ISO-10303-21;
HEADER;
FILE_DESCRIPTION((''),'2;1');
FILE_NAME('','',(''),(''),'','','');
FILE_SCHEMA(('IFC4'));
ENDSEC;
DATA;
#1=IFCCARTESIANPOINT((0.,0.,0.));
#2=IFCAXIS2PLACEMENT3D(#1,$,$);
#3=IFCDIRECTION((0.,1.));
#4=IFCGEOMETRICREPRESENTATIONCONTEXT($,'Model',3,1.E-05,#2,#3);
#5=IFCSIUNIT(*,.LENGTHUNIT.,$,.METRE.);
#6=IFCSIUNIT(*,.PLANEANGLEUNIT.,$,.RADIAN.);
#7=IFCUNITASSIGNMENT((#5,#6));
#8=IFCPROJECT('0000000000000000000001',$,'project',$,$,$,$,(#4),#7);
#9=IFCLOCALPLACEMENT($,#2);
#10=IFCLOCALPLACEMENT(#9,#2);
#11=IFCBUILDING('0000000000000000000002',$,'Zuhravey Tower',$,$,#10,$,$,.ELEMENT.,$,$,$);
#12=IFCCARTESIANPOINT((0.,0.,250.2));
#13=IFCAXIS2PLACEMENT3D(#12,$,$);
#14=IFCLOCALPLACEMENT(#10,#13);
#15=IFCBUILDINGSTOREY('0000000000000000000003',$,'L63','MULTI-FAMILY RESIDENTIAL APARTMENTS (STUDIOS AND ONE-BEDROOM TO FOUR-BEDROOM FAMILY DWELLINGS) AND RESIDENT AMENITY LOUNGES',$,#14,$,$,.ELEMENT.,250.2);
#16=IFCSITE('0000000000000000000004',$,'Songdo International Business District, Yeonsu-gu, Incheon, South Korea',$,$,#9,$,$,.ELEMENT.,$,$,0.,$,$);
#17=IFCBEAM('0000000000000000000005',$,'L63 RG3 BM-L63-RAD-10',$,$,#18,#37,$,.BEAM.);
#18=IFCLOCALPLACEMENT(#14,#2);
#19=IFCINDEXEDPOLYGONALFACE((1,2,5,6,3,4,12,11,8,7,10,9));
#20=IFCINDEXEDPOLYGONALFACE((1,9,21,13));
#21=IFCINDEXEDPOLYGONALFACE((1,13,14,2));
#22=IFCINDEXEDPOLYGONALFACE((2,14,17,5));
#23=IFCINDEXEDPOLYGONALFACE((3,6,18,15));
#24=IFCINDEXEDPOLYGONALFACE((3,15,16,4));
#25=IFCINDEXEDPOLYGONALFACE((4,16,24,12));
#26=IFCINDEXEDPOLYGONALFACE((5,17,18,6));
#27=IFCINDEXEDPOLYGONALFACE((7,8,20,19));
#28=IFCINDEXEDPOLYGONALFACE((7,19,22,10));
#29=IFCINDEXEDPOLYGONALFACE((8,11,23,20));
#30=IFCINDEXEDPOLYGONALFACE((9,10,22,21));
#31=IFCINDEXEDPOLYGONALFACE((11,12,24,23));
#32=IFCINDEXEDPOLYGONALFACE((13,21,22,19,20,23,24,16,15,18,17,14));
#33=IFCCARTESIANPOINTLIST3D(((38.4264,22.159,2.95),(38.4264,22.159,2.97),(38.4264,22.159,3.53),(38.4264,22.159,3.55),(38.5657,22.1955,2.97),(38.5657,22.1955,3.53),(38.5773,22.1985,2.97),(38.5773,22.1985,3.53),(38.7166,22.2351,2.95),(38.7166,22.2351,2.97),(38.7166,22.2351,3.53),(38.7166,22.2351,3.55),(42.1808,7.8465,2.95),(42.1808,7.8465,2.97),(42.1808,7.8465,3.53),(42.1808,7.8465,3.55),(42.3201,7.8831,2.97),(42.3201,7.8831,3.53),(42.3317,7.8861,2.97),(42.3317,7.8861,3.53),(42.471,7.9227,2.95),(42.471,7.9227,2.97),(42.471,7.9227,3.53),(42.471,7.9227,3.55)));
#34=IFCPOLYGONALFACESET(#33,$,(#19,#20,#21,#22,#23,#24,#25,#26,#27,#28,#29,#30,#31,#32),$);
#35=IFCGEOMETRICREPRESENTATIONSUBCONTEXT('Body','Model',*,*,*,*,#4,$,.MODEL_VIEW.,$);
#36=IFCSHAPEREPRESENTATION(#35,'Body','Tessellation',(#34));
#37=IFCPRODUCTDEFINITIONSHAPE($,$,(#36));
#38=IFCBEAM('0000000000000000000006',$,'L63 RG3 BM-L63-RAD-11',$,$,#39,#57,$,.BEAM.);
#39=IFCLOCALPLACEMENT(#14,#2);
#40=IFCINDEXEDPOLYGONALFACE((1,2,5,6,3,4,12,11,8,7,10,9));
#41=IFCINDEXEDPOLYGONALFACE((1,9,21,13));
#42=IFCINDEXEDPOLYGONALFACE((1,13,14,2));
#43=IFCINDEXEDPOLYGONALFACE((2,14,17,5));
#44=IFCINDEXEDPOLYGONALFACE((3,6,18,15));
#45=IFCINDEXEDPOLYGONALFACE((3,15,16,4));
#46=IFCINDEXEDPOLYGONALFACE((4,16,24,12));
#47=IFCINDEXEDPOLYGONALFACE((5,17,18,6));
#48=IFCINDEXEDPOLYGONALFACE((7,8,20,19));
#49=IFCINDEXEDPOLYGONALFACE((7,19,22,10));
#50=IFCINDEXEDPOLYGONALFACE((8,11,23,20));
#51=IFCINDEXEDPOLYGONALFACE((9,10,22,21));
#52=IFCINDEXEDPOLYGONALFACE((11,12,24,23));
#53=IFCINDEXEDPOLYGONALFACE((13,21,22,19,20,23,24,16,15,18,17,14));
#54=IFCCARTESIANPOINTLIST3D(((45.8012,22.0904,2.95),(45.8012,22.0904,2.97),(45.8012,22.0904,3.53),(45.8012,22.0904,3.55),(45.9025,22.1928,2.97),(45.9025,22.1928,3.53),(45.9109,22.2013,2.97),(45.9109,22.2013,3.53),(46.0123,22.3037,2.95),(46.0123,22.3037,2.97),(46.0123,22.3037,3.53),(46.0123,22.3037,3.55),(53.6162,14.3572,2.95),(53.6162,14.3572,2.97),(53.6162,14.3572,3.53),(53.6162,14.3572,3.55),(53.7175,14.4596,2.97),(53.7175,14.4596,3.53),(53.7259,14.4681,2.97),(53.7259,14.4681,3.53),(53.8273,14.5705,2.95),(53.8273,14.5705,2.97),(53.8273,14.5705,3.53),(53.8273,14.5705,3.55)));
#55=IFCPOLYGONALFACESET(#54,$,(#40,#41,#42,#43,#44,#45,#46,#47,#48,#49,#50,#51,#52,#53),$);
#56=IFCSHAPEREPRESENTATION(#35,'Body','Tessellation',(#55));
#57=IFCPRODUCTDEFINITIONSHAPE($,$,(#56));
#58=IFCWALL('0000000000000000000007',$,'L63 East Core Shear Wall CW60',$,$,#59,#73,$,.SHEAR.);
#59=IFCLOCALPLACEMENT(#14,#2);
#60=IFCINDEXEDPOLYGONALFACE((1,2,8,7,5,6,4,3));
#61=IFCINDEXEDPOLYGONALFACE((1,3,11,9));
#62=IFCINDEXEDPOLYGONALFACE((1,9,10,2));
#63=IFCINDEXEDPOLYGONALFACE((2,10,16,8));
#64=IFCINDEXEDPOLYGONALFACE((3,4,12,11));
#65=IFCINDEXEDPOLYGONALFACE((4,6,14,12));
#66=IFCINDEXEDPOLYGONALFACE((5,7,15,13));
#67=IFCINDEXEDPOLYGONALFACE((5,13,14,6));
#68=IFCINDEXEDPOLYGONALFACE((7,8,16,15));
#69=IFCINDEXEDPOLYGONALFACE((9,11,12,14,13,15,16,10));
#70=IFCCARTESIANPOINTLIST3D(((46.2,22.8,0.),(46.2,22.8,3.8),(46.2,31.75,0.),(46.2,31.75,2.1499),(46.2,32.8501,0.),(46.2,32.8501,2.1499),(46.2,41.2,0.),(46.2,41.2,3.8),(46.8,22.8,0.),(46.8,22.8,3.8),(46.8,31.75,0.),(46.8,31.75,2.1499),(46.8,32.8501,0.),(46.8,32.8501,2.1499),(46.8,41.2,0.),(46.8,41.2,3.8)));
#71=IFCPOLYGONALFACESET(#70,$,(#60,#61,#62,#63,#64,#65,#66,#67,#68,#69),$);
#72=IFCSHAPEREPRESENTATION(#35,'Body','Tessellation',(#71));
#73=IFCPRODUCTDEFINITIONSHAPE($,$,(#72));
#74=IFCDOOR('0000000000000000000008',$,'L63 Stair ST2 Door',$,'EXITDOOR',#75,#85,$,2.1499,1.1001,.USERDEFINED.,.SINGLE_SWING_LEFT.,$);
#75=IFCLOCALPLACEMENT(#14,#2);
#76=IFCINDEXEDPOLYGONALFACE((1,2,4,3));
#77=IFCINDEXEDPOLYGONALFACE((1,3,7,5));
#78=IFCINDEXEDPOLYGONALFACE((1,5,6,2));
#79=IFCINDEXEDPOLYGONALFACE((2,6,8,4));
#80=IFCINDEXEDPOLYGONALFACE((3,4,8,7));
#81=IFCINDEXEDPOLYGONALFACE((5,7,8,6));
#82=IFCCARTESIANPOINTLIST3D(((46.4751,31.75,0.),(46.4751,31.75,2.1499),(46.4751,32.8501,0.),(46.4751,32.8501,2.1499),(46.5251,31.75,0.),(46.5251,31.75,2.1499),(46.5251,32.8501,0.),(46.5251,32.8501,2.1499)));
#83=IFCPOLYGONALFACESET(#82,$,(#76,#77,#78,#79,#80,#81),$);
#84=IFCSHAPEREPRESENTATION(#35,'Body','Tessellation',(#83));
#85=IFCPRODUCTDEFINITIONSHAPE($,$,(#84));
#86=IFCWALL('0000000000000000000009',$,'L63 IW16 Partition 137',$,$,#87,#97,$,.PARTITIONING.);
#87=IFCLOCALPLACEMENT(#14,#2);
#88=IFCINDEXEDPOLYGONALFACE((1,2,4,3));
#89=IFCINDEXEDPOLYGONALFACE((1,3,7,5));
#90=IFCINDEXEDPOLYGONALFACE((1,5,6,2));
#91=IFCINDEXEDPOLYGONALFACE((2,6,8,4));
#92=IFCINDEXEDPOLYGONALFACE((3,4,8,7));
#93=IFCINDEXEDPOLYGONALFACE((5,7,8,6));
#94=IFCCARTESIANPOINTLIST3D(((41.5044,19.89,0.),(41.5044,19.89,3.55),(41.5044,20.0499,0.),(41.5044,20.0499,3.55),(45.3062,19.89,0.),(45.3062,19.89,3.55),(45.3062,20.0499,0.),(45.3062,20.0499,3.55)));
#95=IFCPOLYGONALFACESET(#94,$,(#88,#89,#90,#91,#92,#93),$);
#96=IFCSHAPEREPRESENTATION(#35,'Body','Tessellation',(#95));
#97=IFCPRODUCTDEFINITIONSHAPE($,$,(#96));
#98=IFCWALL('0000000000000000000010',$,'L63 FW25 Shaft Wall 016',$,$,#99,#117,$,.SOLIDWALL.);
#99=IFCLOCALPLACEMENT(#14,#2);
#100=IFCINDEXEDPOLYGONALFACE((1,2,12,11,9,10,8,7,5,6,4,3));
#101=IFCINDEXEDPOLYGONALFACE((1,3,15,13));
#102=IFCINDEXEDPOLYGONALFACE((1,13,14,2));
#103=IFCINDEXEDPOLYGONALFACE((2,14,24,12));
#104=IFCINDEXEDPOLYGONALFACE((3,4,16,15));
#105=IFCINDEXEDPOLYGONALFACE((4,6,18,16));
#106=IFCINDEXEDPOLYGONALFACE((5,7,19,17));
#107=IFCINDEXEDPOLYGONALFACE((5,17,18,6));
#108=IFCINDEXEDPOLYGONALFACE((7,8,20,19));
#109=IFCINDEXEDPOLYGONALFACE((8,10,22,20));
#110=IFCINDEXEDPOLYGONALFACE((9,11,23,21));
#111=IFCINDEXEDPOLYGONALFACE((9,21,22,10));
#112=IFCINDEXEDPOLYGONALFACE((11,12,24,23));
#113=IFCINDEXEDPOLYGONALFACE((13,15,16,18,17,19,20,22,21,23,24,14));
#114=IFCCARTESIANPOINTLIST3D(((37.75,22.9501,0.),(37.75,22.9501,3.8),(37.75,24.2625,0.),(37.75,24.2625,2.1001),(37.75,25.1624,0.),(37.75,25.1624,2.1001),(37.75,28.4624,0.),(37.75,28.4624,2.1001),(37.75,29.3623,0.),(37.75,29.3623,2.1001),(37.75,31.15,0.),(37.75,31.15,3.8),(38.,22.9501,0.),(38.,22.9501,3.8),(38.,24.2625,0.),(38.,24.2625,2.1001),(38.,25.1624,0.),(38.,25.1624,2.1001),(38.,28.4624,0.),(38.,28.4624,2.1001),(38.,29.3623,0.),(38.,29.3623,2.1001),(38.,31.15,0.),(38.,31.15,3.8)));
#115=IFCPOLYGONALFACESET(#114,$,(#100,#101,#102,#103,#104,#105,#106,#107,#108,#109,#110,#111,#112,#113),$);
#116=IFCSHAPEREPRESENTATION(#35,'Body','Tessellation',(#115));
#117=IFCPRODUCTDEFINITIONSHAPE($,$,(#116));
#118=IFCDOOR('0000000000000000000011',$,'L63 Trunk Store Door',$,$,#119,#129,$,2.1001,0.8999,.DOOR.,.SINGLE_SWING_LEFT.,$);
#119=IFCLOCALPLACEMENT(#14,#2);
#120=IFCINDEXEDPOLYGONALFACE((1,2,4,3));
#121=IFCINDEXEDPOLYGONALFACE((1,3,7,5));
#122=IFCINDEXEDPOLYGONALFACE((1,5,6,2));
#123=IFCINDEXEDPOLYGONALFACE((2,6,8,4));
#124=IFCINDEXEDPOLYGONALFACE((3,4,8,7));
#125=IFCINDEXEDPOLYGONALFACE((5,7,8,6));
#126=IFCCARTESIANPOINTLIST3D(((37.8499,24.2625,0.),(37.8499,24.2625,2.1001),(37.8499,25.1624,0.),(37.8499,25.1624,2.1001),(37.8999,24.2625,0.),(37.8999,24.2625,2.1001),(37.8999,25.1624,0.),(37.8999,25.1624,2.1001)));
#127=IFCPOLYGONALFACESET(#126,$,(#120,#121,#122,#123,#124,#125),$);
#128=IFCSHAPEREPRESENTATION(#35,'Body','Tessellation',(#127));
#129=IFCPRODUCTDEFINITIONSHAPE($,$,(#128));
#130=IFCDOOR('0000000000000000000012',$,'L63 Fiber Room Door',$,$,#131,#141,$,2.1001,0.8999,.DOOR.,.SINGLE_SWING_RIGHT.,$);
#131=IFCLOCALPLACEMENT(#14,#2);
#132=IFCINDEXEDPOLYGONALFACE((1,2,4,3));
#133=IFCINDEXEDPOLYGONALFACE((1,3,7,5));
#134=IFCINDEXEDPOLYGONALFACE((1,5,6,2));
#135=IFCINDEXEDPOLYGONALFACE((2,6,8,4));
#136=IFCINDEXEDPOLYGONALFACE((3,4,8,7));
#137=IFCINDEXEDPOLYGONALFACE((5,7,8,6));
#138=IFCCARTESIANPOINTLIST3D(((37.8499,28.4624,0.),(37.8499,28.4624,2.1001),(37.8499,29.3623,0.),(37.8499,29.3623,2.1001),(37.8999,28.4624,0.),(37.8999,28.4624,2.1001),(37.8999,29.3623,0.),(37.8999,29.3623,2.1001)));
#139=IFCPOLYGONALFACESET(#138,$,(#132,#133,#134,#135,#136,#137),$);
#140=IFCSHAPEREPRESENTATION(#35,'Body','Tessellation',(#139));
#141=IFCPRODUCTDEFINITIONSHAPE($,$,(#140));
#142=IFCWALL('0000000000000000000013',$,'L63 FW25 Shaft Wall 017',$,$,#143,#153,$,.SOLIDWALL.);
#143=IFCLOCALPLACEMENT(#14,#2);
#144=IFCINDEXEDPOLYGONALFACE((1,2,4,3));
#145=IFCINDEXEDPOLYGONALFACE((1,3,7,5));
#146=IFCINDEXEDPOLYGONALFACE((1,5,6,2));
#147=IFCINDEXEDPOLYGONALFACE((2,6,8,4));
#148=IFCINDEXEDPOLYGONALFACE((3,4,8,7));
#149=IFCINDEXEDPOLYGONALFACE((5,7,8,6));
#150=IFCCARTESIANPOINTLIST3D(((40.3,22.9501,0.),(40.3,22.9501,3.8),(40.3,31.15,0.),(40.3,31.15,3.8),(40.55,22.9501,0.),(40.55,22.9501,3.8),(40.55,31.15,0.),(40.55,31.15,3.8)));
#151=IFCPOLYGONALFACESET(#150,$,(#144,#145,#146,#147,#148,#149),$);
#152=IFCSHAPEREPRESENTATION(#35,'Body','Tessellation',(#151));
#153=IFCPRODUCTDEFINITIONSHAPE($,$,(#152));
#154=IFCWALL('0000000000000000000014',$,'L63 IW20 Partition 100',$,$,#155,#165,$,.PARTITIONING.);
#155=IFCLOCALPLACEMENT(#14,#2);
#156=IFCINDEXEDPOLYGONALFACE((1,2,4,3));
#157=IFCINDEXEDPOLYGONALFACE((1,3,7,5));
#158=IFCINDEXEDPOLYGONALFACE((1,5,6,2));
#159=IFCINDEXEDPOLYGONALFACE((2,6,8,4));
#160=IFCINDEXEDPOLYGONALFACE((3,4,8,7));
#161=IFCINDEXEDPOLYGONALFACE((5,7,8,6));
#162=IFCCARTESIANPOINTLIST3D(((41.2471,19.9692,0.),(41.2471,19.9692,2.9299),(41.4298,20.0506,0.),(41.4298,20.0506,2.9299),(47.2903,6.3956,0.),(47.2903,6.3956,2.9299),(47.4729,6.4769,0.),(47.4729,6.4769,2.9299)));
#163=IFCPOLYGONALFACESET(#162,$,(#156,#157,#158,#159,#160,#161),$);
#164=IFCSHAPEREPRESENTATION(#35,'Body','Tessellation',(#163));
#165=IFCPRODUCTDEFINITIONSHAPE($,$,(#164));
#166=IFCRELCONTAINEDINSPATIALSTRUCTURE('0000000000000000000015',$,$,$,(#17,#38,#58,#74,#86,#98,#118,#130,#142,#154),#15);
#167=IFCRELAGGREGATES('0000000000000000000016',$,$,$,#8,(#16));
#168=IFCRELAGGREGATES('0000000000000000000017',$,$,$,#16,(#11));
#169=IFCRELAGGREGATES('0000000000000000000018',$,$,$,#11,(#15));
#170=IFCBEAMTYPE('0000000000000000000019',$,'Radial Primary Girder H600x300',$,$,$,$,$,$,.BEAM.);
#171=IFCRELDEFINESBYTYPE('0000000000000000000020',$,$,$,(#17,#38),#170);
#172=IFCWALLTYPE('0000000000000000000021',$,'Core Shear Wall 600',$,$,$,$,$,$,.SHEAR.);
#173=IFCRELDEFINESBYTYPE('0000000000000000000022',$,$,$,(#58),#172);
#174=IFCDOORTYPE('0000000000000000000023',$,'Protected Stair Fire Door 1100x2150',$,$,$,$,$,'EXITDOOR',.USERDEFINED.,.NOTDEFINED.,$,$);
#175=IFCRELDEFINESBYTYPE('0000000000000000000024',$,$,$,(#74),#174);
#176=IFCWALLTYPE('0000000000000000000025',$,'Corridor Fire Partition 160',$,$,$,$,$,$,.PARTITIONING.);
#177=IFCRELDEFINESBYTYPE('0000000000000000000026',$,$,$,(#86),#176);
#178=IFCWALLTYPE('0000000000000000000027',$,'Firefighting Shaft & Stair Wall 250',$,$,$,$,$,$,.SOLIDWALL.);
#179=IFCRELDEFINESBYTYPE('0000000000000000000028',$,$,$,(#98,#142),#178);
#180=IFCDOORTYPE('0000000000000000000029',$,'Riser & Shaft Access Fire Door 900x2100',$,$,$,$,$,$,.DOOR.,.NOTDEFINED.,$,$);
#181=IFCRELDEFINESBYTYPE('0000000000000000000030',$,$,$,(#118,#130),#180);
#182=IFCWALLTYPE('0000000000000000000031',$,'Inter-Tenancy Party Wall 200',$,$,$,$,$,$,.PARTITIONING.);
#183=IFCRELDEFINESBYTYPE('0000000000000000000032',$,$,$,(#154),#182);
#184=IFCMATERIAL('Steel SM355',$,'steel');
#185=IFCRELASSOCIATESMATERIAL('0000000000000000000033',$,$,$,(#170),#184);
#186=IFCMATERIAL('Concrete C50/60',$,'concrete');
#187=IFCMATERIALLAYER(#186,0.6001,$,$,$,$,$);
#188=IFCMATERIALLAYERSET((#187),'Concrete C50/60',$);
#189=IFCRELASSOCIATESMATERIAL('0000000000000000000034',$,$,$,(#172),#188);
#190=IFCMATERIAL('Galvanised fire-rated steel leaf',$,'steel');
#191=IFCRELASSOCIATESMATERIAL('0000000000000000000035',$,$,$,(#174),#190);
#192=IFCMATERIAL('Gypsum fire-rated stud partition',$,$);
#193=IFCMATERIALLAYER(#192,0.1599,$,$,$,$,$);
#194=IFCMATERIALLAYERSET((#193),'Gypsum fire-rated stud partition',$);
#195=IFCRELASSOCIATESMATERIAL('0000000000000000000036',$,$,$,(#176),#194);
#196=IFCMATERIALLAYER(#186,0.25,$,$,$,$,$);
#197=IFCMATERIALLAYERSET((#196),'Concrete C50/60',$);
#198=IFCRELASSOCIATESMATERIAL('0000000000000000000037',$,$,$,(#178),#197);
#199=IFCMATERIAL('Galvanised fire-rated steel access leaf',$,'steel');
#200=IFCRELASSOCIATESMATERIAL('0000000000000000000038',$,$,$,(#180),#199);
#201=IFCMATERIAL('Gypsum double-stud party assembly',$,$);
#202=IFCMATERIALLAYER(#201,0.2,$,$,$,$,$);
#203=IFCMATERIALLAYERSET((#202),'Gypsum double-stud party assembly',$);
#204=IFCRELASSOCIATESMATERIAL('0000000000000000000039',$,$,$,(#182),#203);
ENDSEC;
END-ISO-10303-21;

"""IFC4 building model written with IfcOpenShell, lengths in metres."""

from ifc_helpers import new_model, si_unit, direction, frame, frame_2d, origin, origin_2d, place, context, subcontext, project, spatial, rectangle, i_section, extrude, material, layer, layer_set, material_profile, profile_set, type_object, element, fill, save


model = new_model("IFC4")

# Units and contexts
model_context = context("Model", 3, precision=1e-05, world=origin(), true_north=direction((0.0, 1.0)))
body_context = subcontext(model_context, "Body", "Model", "MODEL_VIEW")
ifc_project = project(units=[si_unit("LENGTHUNIT", "METRE"), si_unit("PLANEANGLEUNIT", "RADIAN")], contexts=[model_context])

# Site, building, storey
site_placement = place(None, origin())
site = spatial("IfcSite", under=ifc_project, at=site_placement, Name="Songdo International Business District, Yeonsu-gu, Incheon, South Korea", CompositionType="ELEMENT", RefElevation=0.0)
building_placement = place(site_placement, origin())
building = spatial("IfcBuilding", under=site, at=building_placement, Name="Zuhravey Tower", CompositionType="ELEMENT")
storey_placement = place(building_placement, frame((0.0, 0.0, 250.2)))
storey = spatial("IfcBuildingStorey", under=building, at=storey_placement, Name="L63", Description="MULTI-FAMILY RESIDENTIAL APARTMENTS (STUDIOS AND ONE-BEDROOM TO FOUR-BEDROOM FAMILY DWELLINGS) AND RESIDENT AMENITY LOUNGES", CompositionType="ELEMENT", Elevation=250.2)

# Beams
ifc_material_1 = material(Name="Steel SM355", Category="steel")
ifc_material_profile = material_profile(ifc_material_1, i_section(OverallWidth=0.3, OverallDepth=0.6001, WebThickness=0.012, FlangeThickness=0.02, at=origin_2d()), Name="H-600x300x12x20")
ifc_profile_set = profile_set([ifc_material_profile], Name="Steel SM355")
beam_type = type_object("IfcBeamType", Name="Radial Primary Girder H600x300", PredefinedType="BEAM", material=ifc_profile_set)
beam_1_placement = place(storey_placement, frame((38.5715, 22.197, 3.25), z_axis=(0.253731, -0.967275, 0.0), x_axis=(0.967275, 0.253731, 0.0)))
element("IfcBeam", 1, at=beam_1_placement, inside=storey, type_object=beam_type, Name="L63 RG3 BM-L63-RAD-10", PredefinedType="BEAM", context=body_context, shape_type="SweptSolid", body=[
    extrude(i_section(OverallWidth=0.3, OverallDepth=0.6001, WebThickness=0.012, FlangeThickness=0.02, at=origin_2d()), origin(), (0.0, 0.0, 1.0), 14.7966),
])
beam_2_placement = place(storey_placement, frame((45.9067, 22.197, 3.25), z_axis=(0.710817, -0.703377, 0.0), x_axis=(0.703377, 0.710817, 0.0)))
element("IfcBeam", 2, at=beam_2_placement, inside=storey, type_object=beam_type, Name="L63 RG3 BM-L63-RAD-11", PredefinedType="BEAM", context=body_context, shape_type="SweptSolid", body=[
    extrude(i_section(OverallWidth=0.3, OverallDepth=0.6001, WebThickness=0.012, FlangeThickness=0.02, at=origin_2d()), origin(), (0.0, 0.0, 1.0), 10.9944),
])

# Wall, opening, door
ifc_material_2 = material(Name="Concrete C50/60", Category="concrete")
ifc_layer_1 = layer(ifc_material_2, 0.6001)
ifc_layer_set_1 = layer_set([ifc_layer_1], Name="Concrete C50/60")
wall_type_1 = type_object("IfcWallType", Name="Core Shear Wall 600", PredefinedType="SHEAR", material=ifc_layer_set_1)
ifc_material_3 = material(Name="Galvanised fire-rated steel leaf", Category="steel")
wall_1_placement = place(storey_placement, frame((46.5, 22.8, 0.0), z_axis=(0.0, 0.0, 1.0), x_axis=(0.0, 1.0, 0.0)))
wall_1 = element("IfcWall", 3, at=wall_1_placement, inside=storey, type_object=wall_type_1, Name="L63 East Core Shear Wall CW60", PredefinedType="SHEAR", context=body_context, shape_type="SweptSolid", body=[
    extrude(rectangle(XDim=18.3999, YDim=0.6001, at=frame_2d((9.2, 0.0))), origin(), (0.0, 0.0, 1.0), 3.8),
])
opening_1_placement = place(wall_1_placement, frame((8.95, 0.0, 0.0)))
opening_1 = element("IfcOpeningElement", 4, at=opening_1_placement, cuts=wall_1, PredefinedType="OPENING", context=body_context, shape_type="SweptSolid", body=[
    extrude(rectangle(XDim=1.1001, YDim=2.1499, at=frame_2d((0.55, 1.075))), frame((0.0, 0.312, 0.0), z_axis=(0.0, -1.0, 0.0), x_axis=(1.0, 0.0, 0.0)), (0.0, 0.0, 1.0), 0.624),
])
door_type_1 = type_object("IfcDoorType", Name="Protected Stair Fire Door 1100x2150", ElementType="EXITDOOR", OperationType="NOTDEFINED", PredefinedType="USERDEFINED", material=ifc_material_3)
door_1_placement = place(opening_1_placement, origin())
door_1 = element("IfcDoor", 5, at=door_1_placement, inside=storey, type_object=door_type_1, Name="L63 Stair ST2 Door", ObjectType="EXITDOOR", OperationType="SINGLE_SWING_LEFT", OverallHeight=2.1499, OverallWidth=1.1001, PredefinedType="USERDEFINED", context=body_context, shape_type="SweptSolid", body=[
    extrude(rectangle(XDim=1.1001, YDim=2.1499, at=frame_2d((0.55, 1.075))), frame((0.0, 0.0249, 0.0), z_axis=(0.0, -1.0, 0.0), x_axis=(1.0, 0.0, 0.0)), (0.0, 0.0, 1.0), 0.05),
])
fill(opening_1, door_1)
ifc_material_4 = material(Name="Gypsum fire-rated stud partition")
ifc_layer_2 = layer(ifc_material_4, 0.1599)
ifc_layer_set_2 = layer_set([ifc_layer_2], Name="Gypsum fire-rated stud partition")
wall_type_2 = type_object("IfcWallType", Name="Corridor Fire Partition 160", PredefinedType="PARTITIONING", material=ifc_layer_set_2)

# Wall
wall_2_placement = place(storey_placement, frame((41.5044, 19.97, 0.0), z_axis=(0.0, 0.0, 1.0), x_axis=(1.0, 0.0, 0.0)))
element("IfcWall", 6, at=wall_2_placement, inside=storey, type_object=wall_type_2, Name="L63 IW16 Partition 137", PredefinedType="PARTITIONING", context=body_context, shape_type="SweptSolid", body=[
    extrude(rectangle(XDim=3.8018, YDim=0.1599, at=frame_2d((1.9009, 0.0))), origin(), (0.0, 0.0, 1.0), 3.55),
])

# Wall, openings, doors
ifc_layer_3 = layer(ifc_material_2, 0.25)
ifc_layer_set_3 = layer_set([ifc_layer_3], Name="Concrete C50/60")
wall_type_3 = type_object("IfcWallType", Name="Firefighting Shaft & Stair Wall 250", PredefinedType="SOLIDWALL", material=ifc_layer_set_3)
wall_3_placement = place(storey_placement, frame((37.875, 22.95, 0.0), z_axis=(0.0, 0.0, 1.0), x_axis=(0.0, 1.0, 0.0)))
wall_3 = element("IfcWall", 7, at=wall_3_placement, inside=storey, type_object=wall_type_3, Name="L63 FW25 Shaft Wall 016", PredefinedType="SOLIDWALL", context=body_context, shape_type="SweptSolid", body=[
    extrude(rectangle(XDim=8.2, YDim=0.25, at=frame_2d((4.1001, 0.0))), origin(), (0.0, 0.0, 1.0), 3.8),
])
opening_2_placement = place(wall_3_placement, frame((1.3125, 0.0, 0.0)))
opening_2 = element("IfcOpeningElement", 8, at=opening_2_placement, cuts=wall_3, PredefinedType="OPENING", context=body_context, shape_type="SweptSolid", body=[
    extrude(rectangle(XDim=0.8999, YDim=2.1001, at=frame_2d((0.45, 1.05))), frame((0.0, 0.137, 0.0), z_axis=(0.0, -1.0, 0.0), x_axis=(1.0, 0.0, 0.0)), (0.0, 0.0, 1.0), 0.2739),
])
opening_3_placement = place(wall_3_placement, frame((5.5125, 0.0, 0.0)))
opening_3 = element("IfcOpeningElement", 9, at=opening_3_placement, cuts=wall_3, PredefinedType="OPENING", context=body_context, shape_type="SweptSolid", body=[
    extrude(rectangle(XDim=0.8999, YDim=2.1001, at=frame_2d((0.45, 1.05))), frame((0.0, 0.137, 0.0), z_axis=(0.0, -1.0, 0.0), x_axis=(1.0, 0.0, 0.0)), (0.0, 0.0, 1.0), 0.2739),
])
ifc_material_5 = material(Name="Galvanised fire-rated steel access leaf", Category="steel")
door_type_2 = type_object("IfcDoorType", Name="Riser & Shaft Access Fire Door 900x2100", OperationType="NOTDEFINED", PredefinedType="DOOR", material=ifc_material_5)
door_2_placement = place(opening_2_placement, frame((0.8999, 0.0, 0.0), z_axis=(0.0, 0.0, 1.0), x_axis=(-1.0, 0.0, 0.0)))
door_2 = element("IfcDoor", 10, at=door_2_placement, inside=storey, type_object=door_type_2, Name="L63 Trunk Store Door", OperationType="SINGLE_SWING_LEFT", OverallHeight=2.1001, OverallWidth=0.8999, PredefinedType="DOOR", context=body_context, shape_type="SweptSolid", body=[
    extrude(rectangle(XDim=0.8999, YDim=2.1001, at=frame_2d((0.45, 1.05))), frame((0.0, 0.0249, 0.0), z_axis=(0.0, -1.0, 0.0), x_axis=(1.0, 0.0, 0.0)), (0.0, 0.0, 1.0), 0.05),
])
fill(opening_2, door_2)
door_3_placement = place(opening_3_placement, frame((0.8999, 0.0, 0.0), z_axis=(0.0, 0.0, 1.0), x_axis=(-1.0, 0.0, 0.0)))
door_3 = element("IfcDoor", 11, at=door_3_placement, inside=storey, type_object=door_type_2, Name="L63 Fiber Room Door", OperationType="SINGLE_SWING_RIGHT", OverallHeight=2.1001, OverallWidth=0.8999, PredefinedType="DOOR", context=body_context, shape_type="SweptSolid", body=[
    extrude(rectangle(XDim=0.8999, YDim=2.1001, at=frame_2d((0.45, 1.05))), frame((0.0, 0.0249, 0.0), z_axis=(0.0, -1.0, 0.0), x_axis=(1.0, 0.0, 0.0)), (0.0, 0.0, 1.0), 0.05),
])
fill(opening_3, door_3)

# Walls
wall_4_placement = place(storey_placement, frame((40.425, 22.95, 0.0), z_axis=(0.0, 0.0, 1.0), x_axis=(0.0, 1.0, 0.0)))
element("IfcWall", 12, at=wall_4_placement, inside=storey, type_object=wall_type_3, Name="L63 FW25 Shaft Wall 017", PredefinedType="SOLIDWALL", context=body_context, shape_type="SweptSolid", body=[
    extrude(rectangle(XDim=8.2, YDim=0.25, at=frame_2d((4.1001, 0.0))), origin(), (0.0, 0.0, 1.0), 3.8),
])
ifc_material_6 = material(Name="Gypsum double-stud party assembly")
ifc_layer_4 = layer(ifc_material_6, 0.2)
ifc_layer_set_4 = layer_set([ifc_layer_4], Name="Gypsum double-stud party assembly")
wall_type_4 = type_object("IfcWallType", Name="Inter-Tenancy Party Wall 200", PredefinedType="PARTITIONING", material=ifc_layer_set_4)
wall_5_placement = place(storey_placement, frame((41.3384, 20.01, 0.0), z_axis=(0.0, 0.0, 1.0), x_axis=(0.406725, -0.91355, 0.0)))
element("IfcWall", 13, at=wall_5_placement, inside=storey, type_object=wall_type_4, Name="L63 IW20 Partition 100", PredefinedType="PARTITIONING", context=body_context, shape_type="SweptSolid", body=[
    extrude(rectangle(XDim=14.8582, YDim=0.2, at=frame_2d((7.4292, 0.0))), origin(), (0.0, 0.0, 1.0), 2.9299),
])

save(model, "model.ifc")
